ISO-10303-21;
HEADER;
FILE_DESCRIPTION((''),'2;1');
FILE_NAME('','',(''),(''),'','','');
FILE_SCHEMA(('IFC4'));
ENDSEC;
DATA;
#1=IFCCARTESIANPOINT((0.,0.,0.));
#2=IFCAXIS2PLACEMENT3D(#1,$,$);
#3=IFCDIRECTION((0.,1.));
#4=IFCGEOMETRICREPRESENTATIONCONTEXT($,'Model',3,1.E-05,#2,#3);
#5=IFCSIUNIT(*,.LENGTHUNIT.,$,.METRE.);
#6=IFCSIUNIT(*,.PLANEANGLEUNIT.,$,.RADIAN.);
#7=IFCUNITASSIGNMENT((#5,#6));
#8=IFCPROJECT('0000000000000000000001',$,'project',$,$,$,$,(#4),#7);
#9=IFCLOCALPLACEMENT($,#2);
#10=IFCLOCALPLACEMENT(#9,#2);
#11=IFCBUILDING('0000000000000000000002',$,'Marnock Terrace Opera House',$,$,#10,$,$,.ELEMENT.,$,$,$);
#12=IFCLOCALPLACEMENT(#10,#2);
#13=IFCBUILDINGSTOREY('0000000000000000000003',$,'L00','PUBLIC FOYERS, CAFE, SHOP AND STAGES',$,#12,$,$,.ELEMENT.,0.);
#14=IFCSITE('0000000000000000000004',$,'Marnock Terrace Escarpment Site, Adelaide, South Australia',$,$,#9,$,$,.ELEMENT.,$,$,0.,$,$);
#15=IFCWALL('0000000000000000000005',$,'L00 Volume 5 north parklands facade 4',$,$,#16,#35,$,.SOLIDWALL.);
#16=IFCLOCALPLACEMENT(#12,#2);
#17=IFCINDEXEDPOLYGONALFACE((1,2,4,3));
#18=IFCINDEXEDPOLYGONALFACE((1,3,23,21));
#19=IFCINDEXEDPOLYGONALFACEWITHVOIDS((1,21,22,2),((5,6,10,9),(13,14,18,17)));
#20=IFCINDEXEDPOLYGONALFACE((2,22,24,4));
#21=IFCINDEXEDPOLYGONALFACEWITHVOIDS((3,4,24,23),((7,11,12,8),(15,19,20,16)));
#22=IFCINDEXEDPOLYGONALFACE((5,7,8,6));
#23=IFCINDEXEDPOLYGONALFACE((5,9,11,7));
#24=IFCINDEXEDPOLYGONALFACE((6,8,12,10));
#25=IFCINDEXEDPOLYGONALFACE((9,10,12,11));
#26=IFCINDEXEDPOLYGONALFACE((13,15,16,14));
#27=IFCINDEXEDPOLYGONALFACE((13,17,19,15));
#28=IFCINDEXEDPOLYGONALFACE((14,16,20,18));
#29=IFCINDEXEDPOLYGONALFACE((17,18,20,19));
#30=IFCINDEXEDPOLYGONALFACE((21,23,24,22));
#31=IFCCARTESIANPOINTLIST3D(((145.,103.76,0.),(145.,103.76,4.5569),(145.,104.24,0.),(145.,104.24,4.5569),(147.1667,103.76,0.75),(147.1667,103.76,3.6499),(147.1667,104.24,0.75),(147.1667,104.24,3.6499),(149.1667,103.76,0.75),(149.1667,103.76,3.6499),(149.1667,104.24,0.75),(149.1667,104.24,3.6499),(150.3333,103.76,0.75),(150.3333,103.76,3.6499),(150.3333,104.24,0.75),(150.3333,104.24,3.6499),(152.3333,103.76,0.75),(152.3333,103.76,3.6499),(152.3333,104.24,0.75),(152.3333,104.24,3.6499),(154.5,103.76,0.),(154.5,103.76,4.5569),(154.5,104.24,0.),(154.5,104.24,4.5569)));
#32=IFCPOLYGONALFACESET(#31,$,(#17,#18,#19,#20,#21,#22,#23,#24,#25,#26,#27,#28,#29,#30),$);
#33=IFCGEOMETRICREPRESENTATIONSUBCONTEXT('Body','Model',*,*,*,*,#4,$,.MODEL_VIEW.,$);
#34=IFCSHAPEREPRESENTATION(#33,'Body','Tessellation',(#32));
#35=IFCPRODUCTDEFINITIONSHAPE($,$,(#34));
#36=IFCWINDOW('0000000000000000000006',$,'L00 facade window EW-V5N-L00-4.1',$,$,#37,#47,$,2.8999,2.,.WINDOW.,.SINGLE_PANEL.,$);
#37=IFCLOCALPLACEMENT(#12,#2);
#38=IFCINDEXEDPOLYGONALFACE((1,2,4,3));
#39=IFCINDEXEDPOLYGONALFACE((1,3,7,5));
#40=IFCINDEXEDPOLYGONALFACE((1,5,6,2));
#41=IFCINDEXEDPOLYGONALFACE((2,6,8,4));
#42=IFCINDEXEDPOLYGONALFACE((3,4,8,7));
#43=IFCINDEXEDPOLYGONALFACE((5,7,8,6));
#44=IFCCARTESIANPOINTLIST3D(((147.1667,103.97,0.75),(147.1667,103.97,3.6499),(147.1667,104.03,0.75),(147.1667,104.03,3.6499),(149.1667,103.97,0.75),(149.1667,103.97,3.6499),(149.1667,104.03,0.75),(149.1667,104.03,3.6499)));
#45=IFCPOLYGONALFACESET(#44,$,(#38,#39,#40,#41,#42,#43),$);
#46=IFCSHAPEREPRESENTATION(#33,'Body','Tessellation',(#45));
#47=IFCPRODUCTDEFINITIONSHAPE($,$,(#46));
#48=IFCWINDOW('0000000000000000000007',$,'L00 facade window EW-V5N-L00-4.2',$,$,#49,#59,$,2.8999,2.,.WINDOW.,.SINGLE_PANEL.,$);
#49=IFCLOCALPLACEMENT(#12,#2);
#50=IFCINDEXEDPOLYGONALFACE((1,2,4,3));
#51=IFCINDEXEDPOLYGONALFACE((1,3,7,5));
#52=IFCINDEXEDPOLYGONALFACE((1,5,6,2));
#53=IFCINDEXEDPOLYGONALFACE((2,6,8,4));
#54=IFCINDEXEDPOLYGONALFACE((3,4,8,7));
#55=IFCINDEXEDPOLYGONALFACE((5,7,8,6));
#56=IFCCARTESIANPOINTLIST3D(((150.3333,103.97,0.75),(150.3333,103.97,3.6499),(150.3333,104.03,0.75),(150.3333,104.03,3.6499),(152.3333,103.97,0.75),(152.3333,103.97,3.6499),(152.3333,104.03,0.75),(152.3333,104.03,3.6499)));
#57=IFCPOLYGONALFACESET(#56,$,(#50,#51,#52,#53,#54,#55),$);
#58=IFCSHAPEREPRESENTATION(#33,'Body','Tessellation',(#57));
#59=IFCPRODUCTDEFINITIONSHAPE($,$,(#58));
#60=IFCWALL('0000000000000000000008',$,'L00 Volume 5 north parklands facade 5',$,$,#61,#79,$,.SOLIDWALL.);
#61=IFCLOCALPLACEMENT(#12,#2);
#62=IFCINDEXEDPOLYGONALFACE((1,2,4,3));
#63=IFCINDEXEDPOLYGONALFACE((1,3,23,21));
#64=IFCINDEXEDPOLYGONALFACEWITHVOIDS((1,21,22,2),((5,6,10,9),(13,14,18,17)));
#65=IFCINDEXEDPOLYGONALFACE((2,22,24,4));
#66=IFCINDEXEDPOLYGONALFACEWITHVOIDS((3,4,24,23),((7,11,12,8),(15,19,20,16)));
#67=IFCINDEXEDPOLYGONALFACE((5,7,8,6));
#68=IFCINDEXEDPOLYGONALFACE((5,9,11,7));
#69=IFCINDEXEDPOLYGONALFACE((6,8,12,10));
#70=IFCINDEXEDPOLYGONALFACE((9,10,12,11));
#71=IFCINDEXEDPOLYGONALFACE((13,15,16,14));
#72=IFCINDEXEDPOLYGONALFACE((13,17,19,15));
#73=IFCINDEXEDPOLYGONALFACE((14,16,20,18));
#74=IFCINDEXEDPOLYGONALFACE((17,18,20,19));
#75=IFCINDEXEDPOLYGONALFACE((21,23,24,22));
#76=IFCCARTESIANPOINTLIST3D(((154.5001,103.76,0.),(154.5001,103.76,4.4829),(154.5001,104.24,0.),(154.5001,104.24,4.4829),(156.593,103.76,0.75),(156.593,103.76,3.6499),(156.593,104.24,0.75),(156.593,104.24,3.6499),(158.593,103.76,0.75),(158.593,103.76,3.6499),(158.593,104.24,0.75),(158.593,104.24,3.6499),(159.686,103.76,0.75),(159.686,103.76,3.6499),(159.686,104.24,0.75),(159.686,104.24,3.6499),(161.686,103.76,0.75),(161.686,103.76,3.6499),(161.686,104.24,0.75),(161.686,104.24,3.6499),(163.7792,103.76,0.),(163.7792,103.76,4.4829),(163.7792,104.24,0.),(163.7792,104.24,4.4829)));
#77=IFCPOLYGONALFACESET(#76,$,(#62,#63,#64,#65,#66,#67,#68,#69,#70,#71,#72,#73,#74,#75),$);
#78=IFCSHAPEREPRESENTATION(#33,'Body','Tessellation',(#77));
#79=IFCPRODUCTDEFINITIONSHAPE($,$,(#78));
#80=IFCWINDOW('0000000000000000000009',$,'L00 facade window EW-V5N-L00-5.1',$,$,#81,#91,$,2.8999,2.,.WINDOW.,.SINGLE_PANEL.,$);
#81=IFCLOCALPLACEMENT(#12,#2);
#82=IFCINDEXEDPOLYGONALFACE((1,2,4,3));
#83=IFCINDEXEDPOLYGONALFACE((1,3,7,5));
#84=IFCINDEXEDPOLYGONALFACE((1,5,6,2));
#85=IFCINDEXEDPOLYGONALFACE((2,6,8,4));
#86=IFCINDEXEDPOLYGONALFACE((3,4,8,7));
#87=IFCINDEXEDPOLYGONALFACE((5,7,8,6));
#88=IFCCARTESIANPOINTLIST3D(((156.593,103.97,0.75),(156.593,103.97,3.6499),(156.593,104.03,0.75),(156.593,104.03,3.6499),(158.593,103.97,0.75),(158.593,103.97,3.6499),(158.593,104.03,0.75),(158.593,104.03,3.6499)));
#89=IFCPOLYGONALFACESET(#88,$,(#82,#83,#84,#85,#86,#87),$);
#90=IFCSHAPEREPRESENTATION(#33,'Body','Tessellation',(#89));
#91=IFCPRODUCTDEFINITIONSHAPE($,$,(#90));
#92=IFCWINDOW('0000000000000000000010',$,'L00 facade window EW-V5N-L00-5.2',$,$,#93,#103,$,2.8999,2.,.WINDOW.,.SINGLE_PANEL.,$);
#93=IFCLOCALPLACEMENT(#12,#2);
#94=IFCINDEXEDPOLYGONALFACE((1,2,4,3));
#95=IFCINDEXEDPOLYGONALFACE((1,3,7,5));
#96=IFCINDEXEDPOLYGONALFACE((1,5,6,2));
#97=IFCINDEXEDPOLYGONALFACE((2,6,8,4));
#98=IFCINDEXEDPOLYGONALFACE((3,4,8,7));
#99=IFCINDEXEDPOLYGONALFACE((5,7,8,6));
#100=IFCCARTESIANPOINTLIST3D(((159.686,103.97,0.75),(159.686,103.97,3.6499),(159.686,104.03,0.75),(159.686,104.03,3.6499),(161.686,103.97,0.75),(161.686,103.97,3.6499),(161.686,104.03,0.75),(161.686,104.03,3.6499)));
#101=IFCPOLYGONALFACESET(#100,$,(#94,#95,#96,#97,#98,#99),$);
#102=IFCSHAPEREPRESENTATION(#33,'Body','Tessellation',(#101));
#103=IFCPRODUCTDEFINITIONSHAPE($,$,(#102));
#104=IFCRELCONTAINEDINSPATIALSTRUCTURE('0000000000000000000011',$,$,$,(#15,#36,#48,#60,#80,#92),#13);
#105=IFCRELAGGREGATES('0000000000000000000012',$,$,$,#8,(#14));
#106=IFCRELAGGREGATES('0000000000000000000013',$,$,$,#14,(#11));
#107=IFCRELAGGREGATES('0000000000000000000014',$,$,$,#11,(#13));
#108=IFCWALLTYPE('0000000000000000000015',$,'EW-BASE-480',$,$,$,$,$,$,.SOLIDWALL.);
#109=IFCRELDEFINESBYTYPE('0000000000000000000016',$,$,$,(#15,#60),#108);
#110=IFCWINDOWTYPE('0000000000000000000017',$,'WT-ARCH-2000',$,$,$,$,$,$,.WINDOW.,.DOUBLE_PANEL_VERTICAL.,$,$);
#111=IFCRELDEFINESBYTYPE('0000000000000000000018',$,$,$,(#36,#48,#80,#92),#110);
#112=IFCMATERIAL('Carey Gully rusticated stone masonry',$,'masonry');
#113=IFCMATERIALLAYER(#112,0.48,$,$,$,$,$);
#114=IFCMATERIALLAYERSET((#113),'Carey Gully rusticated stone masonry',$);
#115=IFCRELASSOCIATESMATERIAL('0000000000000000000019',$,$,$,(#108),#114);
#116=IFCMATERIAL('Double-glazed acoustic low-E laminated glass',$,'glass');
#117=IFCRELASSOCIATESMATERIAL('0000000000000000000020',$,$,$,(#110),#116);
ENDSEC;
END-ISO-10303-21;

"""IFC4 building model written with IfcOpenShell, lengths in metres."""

from ifc_helpers import new_model, si_unit, direction, frame, frame_2d, origin, place, context, subcontext, project, spatial, rectangle, extrude, material, layer, layer_set, type_object, element, fill, save


model = new_model("IFC4")

# Units and contexts
model_context = context("Model", 3, precision=1e-05, world=origin(), true_north=direction((0.0, 1.0)))
body_context = subcontext(model_context, "Body", "Model", "MODEL_VIEW")
ifc_project = project(units=[si_unit("LENGTHUNIT", "METRE"), si_unit("PLANEANGLEUNIT", "RADIAN")], contexts=[model_context])

# Site, building, storey
site_placement = place(None, origin())
site = spatial("IfcSite", under=ifc_project, at=site_placement, Name="Marnock Terrace Escarpment Site, Adelaide, South Australia", CompositionType="ELEMENT", RefElevation=0.0)
building_placement = place(site_placement, origin())
building = spatial("IfcBuilding", under=site, at=building_placement, Name="Marnock Terrace Opera House", CompositionType="ELEMENT")
storey_placement = place(building_placement, origin())
storey = spatial("IfcBuildingStorey", under=building, at=storey_placement, Name="L00", Description="PUBLIC FOYERS, CAFE, SHOP AND STAGES", CompositionType="ELEMENT", Elevation=0.0)

# Shared definitions
ifc_material_1 = material(Name="Carey Gully rusticated stone masonry", Category="masonry")
ifc_layer_1 = layer(ifc_material_1, 0.48)
ifc_layer_set_1 = layer_set([ifc_layer_1], Name="Carey Gully rusticated stone masonry")
wall_type = type_object("IfcWallType", Name="EW-BASE-480", PredefinedType="SOLIDWALL", material=ifc_layer_set_1)
ifc_material_2 = material(Name="Double-glazed acoustic low-E laminated glass", Category="glass")
window_type = type_object("IfcWindowType", Name="WT-ARCH-2000", PartitioningType="DOUBLE_PANEL_VERTICAL", PredefinedType="WINDOW", material=ifc_material_2)

# Walls, openings, windows
wall_1_placement = place(storey_placement, frame((145.0, 104.0, 0.0), z_axis=(0.0, 0.0, 1.0), x_axis=(1.0, 0.0, 0.0)))
wall_1 = element("IfcWall", 1, at=wall_1_placement, inside=storey, type_object=wall_type, Name="L00 Volume 5 north parklands facade 4", PredefinedType="SOLIDWALL", context=body_context, shape_type="SweptSolid", body=[
    extrude(rectangle(XDim=9.5, YDim=0.48, at=frame_2d((4.75, 0.0))), origin(), (0.0, 0.0, 1.0), 4.5569),
])
opening_1_placement = place(wall_1_placement, frame((2.1667, 0.0, 0.75)))
opening_1 = element("IfcOpeningElement", 2, at=opening_1_placement, cuts=wall_1, PredefinedType="OPENING", context=body_context, shape_type="SweptSolid", body=[
    extrude(rectangle(XDim=2.0, YDim=2.8999, at=frame_2d((1.0, 1.45))), frame((0.0, 0.25, 0.0), z_axis=(0.0, -1.0, 0.0), x_axis=(1.0, 0.0, 0.0)), (0.0, 0.0, 1.0), 0.5),
])
opening_2_placement = place(wall_1_placement, frame((5.3333, 0.0, 0.75)))
opening_2 = element("IfcOpeningElement", 3, at=opening_2_placement, cuts=wall_1, PredefinedType="OPENING", context=body_context, shape_type="SweptSolid", body=[
    extrude(rectangle(XDim=2.0, YDim=2.8999, at=frame_2d((1.0, 1.45))), frame((0.0, 0.25, 0.0), z_axis=(0.0, -1.0, 0.0), x_axis=(1.0, 0.0, 0.0)), (0.0, 0.0, 1.0), 0.5),
])
window_1_placement = place(opening_1_placement, origin())
window_1 = element("IfcWindow", 4, at=window_1_placement, inside=storey, type_object=window_type, Name="L00 facade window EW-V5N-L00-4.1", OverallHeight=2.8999, OverallWidth=2.0, PartitioningType="SINGLE_PANEL", PredefinedType="WINDOW", context=body_context, shape_type="SweptSolid", body=[
    extrude(rectangle(XDim=2.0, YDim=2.8999, at=frame_2d((1.0, 1.45))), frame((0.0, 0.03, 0.0), z_axis=(0.0, -1.0, 0.0), x_axis=(1.0, 0.0, 0.0)), (0.0, 0.0, 1.0), 0.0601),
])
fill(opening_1, window_1)
window_2_placement = place(opening_2_placement, origin())
window_2 = element("IfcWindow", 5, at=window_2_placement, inside=storey, type_object=window_type, Name="L00 facade window EW-V5N-L00-4.2", OverallHeight=2.8999, OverallWidth=2.0, PartitioningType="SINGLE_PANEL", PredefinedType="WINDOW", context=body_context, shape_type="SweptSolid", body=[
    extrude(rectangle(XDim=2.0, YDim=2.8999, at=frame_2d((1.0, 1.45))), frame((0.0, 0.03, 0.0), z_axis=(0.0, -1.0, 0.0), x_axis=(1.0, 0.0, 0.0)), (0.0, 0.0, 1.0), 0.0601),
])
fill(opening_2, window_2)
wall_2_placement = place(storey_placement, frame((154.5, 104.0, 0.0), z_axis=(0.0, 0.0, 1.0), x_axis=(1.0, 0.0, 0.0)))
wall_2 = element("IfcWall", 6, at=wall_2_placement, inside=storey, type_object=wall_type, Name="L00 Volume 5 north parklands facade 5", PredefinedType="SOLIDWALL", context=body_context, shape_type="SweptSolid", body=[
    extrude(rectangle(XDim=9.2791, YDim=0.48, at=frame_2d((4.6396, 0.0))), origin(), (0.0, 0.0, 1.0), 4.4829),
])
opening_3_placement = place(wall_2_placement, frame((2.093, 0.0, 0.75)))
opening_3 = element("IfcOpeningElement", 7, at=opening_3_placement, cuts=wall_2, PredefinedType="OPENING", context=body_context, shape_type="SweptSolid", body=[
    extrude(rectangle(XDim=2.0, YDim=2.8999, at=frame_2d((1.0, 1.45))), frame((0.0, 0.25, 0.0), z_axis=(0.0, -1.0, 0.0), x_axis=(1.0, 0.0, 0.0)), (0.0, 0.0, 1.0), 0.5),
])
opening_4_placement = place(wall_2_placement, frame((5.186, 0.0, 0.75)))
opening_4 = element("IfcOpeningElement", 8, at=opening_4_placement, cuts=wall_2, PredefinedType="OPENING", context=body_context, shape_type="SweptSolid", body=[
    extrude(rectangle(XDim=2.0, YDim=2.8999, at=frame_2d((1.0, 1.45))), frame((0.0, 0.25, 0.0), z_axis=(0.0, -1.0, 0.0), x_axis=(1.0, 0.0, 0.0)), (0.0, 0.0, 1.0), 0.5),
])
window_3_placement = place(opening_3_placement, origin())
window_3 = element("IfcWindow", 9, at=window_3_placement, inside=storey, type_object=window_type, Name="L00 facade window EW-V5N-L00-5.1", OverallHeight=2.8999, OverallWidth=2.0, PartitioningType="SINGLE_PANEL", PredefinedType="WINDOW", context=body_context, shape_type="SweptSolid", body=[
    extrude(rectangle(XDim=2.0, YDim=2.8999, at=frame_2d((1.0, 1.45))), frame((0.0, 0.03, 0.0), z_axis=(0.0, -1.0, 0.0), x_axis=(1.0, 0.0, 0.0)), (0.0, 0.0, 1.0), 0.0601),
])
fill(opening_3, window_3)
window_4_placement = place(opening_4_placement, origin())
window_4 = element("IfcWindow", 10, at=window_4_placement, inside=storey, type_object=window_type, Name="L00 facade window EW-V5N-L00-5.2", OverallHeight=2.8999, OverallWidth=2.0, PartitioningType="SINGLE_PANEL", PredefinedType="WINDOW", context=body_context, shape_type="SweptSolid", body=[
    extrude(rectangle(XDim=2.0, YDim=2.8999, at=frame_2d((1.0, 1.45))), frame((0.0, 0.03, 0.0), z_axis=(0.0, -1.0, 0.0), x_axis=(1.0, 0.0, 0.0)), (0.0, 0.0, 1.0), 0.0601),
])
fill(opening_4, window_4)

save(model, "model.ifc")
